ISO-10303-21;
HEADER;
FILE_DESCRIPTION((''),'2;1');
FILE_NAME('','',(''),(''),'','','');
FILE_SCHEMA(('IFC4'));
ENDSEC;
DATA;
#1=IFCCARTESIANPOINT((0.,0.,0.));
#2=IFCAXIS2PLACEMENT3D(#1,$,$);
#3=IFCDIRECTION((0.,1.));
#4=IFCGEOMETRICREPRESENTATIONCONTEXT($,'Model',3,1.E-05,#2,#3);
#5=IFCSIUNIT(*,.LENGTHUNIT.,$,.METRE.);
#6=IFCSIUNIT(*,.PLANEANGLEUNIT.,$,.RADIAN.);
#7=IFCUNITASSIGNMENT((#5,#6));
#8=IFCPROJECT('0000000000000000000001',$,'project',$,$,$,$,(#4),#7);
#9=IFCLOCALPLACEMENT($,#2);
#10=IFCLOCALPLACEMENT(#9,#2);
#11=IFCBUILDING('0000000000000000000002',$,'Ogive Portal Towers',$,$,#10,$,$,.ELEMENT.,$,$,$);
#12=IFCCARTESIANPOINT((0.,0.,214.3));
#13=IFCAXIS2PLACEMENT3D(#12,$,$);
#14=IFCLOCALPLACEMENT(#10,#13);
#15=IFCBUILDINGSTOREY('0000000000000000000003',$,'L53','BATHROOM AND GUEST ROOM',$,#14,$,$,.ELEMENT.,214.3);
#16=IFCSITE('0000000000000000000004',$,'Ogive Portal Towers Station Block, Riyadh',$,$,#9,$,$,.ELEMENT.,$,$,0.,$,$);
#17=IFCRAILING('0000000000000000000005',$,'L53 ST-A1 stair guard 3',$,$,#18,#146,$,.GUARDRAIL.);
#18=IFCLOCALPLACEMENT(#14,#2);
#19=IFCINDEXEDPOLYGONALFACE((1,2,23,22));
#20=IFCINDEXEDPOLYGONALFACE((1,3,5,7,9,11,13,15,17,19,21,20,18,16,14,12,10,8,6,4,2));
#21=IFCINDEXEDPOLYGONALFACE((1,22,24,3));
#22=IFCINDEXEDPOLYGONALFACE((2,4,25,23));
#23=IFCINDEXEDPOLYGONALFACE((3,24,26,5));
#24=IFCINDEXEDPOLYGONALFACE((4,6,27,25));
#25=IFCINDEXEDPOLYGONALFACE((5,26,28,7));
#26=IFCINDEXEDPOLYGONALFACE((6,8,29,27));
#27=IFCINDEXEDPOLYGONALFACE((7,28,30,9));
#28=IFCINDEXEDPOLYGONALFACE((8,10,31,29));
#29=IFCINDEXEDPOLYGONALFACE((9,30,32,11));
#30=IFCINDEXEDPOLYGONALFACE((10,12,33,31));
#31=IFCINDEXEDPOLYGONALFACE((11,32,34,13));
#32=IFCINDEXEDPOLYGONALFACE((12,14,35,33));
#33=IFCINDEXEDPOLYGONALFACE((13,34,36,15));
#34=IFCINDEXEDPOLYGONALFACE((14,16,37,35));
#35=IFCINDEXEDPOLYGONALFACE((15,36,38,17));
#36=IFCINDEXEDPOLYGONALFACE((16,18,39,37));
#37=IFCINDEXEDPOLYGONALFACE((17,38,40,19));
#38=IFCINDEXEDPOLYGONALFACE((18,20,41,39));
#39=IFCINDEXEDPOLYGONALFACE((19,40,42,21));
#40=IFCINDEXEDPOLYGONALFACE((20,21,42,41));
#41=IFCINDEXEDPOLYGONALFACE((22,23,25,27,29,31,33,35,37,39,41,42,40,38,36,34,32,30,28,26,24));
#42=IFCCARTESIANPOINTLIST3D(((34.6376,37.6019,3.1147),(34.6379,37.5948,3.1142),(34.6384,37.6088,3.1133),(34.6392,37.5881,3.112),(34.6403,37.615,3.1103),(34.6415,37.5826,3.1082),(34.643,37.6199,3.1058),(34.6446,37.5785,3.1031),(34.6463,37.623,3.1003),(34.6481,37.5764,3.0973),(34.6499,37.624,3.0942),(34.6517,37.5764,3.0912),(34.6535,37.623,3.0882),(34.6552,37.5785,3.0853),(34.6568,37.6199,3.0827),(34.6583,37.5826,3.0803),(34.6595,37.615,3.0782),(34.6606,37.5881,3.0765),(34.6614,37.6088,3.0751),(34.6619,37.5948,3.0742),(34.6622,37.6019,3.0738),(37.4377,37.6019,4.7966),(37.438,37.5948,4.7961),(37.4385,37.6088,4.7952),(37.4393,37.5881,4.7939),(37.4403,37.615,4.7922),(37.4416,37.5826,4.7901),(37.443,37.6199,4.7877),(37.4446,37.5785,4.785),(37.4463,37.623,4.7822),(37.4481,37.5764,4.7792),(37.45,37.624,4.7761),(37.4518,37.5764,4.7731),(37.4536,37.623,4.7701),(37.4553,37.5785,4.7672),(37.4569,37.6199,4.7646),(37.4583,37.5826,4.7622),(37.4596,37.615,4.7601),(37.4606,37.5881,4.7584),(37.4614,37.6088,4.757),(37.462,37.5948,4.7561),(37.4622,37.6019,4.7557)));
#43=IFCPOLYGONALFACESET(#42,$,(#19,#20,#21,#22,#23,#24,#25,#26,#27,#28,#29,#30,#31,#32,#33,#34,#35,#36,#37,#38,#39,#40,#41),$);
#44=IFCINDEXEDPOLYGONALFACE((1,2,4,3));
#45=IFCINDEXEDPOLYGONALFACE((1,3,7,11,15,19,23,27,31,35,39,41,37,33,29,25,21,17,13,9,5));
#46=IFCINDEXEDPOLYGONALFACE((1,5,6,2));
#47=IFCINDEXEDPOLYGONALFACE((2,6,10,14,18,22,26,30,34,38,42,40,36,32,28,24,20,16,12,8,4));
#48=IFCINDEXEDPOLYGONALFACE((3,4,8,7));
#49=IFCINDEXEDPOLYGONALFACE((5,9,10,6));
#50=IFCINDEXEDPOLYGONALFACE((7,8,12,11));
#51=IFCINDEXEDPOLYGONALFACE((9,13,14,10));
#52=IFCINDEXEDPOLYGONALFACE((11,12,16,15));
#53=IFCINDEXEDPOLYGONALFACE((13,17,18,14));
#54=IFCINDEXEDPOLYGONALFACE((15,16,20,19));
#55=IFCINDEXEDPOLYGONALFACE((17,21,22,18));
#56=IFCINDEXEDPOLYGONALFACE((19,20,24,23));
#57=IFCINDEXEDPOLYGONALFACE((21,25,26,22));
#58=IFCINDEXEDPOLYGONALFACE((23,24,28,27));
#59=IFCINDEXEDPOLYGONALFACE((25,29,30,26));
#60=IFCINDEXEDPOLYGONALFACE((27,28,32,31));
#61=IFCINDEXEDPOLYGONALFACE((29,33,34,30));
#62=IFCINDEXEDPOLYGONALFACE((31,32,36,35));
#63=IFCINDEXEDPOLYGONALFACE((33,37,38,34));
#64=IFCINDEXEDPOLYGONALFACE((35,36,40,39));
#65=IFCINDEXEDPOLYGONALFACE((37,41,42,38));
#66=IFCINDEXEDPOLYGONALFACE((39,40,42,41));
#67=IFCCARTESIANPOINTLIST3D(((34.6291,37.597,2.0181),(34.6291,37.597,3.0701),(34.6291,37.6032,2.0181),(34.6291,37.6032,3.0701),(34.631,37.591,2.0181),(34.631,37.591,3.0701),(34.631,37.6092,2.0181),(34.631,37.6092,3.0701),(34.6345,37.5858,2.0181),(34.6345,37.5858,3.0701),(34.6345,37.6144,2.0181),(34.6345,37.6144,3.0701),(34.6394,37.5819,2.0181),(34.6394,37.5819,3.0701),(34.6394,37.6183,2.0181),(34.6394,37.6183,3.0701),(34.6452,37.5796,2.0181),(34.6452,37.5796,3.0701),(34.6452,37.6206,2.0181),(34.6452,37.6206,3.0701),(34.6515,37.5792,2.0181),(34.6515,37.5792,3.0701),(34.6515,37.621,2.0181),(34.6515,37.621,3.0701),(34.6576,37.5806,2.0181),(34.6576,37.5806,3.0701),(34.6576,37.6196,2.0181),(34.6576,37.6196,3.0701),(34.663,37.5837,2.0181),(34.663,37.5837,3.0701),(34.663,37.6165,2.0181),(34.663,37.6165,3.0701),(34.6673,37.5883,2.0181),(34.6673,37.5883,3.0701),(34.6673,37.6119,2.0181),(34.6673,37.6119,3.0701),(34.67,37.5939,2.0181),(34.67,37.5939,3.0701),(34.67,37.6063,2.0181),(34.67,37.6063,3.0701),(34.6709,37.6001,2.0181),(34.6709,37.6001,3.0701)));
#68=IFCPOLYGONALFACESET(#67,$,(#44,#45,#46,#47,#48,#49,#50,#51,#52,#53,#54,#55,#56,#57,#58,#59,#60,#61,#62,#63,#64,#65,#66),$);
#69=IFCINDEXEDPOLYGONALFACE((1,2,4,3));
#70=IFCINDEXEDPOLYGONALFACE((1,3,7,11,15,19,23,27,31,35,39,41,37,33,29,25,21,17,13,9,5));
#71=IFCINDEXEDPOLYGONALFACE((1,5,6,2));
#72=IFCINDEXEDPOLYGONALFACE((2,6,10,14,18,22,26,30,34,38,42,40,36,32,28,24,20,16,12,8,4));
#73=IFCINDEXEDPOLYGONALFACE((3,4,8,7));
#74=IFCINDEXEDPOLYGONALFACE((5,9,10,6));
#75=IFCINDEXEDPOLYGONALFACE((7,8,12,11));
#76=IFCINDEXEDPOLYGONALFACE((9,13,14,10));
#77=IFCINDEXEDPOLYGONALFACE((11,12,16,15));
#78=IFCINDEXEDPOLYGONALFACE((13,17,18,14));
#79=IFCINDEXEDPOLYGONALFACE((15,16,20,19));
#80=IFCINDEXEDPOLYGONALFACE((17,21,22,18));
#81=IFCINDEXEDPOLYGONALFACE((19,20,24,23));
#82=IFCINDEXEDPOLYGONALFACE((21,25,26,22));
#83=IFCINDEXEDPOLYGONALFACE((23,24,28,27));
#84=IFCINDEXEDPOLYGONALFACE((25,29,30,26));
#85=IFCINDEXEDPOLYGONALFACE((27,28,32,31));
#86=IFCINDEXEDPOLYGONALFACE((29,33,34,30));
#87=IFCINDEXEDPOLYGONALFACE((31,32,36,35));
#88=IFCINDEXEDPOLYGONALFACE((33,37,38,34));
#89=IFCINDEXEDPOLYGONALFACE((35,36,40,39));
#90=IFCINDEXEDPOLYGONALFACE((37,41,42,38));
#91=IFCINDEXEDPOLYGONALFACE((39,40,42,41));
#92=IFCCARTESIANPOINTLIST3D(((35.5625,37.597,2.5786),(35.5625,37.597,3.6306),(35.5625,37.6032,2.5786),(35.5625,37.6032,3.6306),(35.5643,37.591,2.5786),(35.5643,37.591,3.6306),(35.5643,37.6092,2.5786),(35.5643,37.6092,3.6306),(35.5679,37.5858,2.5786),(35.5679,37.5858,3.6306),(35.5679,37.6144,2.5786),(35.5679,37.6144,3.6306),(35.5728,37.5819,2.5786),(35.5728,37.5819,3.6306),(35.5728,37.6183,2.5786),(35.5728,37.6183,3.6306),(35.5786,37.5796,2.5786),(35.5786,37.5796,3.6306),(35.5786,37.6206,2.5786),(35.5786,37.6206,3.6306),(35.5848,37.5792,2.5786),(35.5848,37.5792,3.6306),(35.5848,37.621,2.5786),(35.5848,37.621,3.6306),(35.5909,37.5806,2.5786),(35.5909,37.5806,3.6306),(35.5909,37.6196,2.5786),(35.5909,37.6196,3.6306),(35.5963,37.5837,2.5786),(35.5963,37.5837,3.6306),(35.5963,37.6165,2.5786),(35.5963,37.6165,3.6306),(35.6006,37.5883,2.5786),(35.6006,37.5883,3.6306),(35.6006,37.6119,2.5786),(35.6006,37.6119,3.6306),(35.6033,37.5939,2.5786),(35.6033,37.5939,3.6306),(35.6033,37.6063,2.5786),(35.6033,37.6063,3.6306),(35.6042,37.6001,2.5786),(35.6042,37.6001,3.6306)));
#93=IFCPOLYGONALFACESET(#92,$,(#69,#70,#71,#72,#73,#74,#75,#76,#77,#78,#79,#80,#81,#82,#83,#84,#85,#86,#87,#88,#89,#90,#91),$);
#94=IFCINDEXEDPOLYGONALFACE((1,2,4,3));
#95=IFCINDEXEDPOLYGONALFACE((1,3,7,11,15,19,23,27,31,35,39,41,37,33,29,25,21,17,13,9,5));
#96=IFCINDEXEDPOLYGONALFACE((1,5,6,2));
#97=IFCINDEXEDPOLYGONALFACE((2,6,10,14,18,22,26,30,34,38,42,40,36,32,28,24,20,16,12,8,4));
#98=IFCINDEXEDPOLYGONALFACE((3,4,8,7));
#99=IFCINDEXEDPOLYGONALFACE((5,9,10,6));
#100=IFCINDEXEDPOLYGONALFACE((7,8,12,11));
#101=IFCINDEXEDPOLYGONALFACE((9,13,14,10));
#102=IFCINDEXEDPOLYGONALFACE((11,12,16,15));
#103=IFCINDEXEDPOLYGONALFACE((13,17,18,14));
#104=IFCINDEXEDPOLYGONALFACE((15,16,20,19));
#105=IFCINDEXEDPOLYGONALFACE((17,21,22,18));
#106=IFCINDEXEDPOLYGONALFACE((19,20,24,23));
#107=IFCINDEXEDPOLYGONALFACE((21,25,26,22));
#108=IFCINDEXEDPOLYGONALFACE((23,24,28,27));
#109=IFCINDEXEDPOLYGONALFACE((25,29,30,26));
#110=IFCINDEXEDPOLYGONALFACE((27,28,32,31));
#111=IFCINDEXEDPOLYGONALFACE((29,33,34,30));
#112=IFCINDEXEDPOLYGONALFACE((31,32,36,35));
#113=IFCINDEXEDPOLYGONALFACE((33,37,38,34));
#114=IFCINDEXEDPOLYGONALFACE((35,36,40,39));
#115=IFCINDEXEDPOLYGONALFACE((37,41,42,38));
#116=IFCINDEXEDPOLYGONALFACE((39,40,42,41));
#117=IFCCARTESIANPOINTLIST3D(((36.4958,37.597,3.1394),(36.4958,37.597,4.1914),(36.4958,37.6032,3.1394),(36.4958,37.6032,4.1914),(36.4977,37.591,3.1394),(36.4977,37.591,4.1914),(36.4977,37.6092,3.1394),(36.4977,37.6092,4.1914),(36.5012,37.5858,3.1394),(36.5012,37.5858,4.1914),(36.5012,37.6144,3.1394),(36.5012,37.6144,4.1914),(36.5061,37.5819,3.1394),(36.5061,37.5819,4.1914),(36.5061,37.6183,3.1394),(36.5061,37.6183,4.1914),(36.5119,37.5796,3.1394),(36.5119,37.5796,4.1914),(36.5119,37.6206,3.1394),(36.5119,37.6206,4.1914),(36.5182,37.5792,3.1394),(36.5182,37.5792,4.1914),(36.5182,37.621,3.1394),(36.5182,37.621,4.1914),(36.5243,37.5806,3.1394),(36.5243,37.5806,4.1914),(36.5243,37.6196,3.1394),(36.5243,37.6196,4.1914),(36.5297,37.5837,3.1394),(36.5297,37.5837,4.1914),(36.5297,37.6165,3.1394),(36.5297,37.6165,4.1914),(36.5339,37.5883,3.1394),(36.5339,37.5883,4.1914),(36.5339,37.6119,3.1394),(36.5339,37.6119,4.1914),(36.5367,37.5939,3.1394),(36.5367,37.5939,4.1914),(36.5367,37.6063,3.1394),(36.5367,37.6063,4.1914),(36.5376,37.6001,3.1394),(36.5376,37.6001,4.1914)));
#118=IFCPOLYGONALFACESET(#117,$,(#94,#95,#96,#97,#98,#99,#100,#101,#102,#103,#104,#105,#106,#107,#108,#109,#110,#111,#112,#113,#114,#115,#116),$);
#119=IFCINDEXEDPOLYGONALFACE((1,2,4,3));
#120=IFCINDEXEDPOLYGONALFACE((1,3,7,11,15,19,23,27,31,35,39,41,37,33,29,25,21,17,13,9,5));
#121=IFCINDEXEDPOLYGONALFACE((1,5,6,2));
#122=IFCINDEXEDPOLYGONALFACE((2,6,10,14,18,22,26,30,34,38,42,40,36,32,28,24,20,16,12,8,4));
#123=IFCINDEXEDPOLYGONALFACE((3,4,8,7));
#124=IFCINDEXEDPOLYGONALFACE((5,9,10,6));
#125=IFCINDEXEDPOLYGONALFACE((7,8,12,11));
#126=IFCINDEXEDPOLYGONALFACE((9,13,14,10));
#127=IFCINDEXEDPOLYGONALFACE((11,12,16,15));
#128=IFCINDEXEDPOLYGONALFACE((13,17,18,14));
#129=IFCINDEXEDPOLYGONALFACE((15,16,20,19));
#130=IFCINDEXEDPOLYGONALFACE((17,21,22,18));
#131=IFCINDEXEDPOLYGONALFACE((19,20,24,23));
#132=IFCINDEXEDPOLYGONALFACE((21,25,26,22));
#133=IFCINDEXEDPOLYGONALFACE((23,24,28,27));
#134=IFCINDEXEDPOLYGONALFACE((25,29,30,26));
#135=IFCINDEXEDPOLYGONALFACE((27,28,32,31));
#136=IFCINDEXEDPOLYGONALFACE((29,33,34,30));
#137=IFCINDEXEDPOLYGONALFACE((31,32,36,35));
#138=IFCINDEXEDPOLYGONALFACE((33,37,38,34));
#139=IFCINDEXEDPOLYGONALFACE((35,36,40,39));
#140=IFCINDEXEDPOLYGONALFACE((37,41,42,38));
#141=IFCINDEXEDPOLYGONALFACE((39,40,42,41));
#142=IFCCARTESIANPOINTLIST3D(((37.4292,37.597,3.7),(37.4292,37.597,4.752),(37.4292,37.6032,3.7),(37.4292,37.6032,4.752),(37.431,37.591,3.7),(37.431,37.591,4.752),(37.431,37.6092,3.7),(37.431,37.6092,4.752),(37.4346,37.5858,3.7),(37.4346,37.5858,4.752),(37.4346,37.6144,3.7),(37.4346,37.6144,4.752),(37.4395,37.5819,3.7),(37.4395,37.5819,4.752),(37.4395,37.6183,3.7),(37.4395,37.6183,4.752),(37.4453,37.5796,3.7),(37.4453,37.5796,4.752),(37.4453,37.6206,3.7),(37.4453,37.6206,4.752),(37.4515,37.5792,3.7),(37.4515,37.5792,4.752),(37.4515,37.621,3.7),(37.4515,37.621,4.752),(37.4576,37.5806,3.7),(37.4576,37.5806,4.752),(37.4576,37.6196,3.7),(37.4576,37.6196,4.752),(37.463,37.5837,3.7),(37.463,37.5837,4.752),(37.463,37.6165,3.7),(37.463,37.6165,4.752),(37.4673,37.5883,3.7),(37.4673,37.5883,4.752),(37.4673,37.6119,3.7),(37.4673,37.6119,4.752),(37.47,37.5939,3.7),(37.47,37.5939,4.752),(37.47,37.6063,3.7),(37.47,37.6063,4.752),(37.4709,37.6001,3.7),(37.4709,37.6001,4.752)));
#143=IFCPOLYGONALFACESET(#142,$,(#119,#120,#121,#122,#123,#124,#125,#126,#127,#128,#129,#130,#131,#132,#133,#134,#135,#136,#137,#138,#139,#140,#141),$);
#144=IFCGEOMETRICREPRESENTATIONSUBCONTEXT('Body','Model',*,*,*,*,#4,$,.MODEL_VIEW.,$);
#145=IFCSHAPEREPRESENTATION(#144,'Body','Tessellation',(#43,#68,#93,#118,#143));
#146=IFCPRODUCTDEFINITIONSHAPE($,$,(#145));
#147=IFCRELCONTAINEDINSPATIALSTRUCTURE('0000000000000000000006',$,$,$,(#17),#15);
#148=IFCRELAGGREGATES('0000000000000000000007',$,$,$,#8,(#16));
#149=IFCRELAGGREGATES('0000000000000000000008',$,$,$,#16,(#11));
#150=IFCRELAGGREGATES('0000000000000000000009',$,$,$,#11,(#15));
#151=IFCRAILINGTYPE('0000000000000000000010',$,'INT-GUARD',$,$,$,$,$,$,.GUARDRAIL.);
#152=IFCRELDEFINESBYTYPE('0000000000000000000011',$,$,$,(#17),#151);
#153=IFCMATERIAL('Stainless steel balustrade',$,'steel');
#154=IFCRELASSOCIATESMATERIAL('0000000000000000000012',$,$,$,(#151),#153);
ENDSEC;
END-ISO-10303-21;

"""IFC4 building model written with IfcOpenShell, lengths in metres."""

from ifc_helpers import new_model, si_unit, direction, frame, origin, origin_2d, place, context, subcontext, project, spatial, circle, extrude, material, type_object, element, save


model = new_model("IFC4")

# Units and contexts
model_context = context("Model", 3, precision=1e-05, world=origin(), true_north=direction((0.0, 1.0)))
body_context = subcontext(model_context, "Body", "Model", "MODEL_VIEW")
ifc_project = project(units=[si_unit("LENGTHUNIT", "METRE"), si_unit("PLANEANGLEUNIT", "RADIAN")], contexts=[model_context])

# Site, building, storey
site_placement = place(None, origin())
site = spatial("IfcSite", under=ifc_project, at=site_placement, Name="Ogive Portal Towers Station Block, Riyadh", CompositionType="ELEMENT", RefElevation=0.0)
building_placement = place(site_placement, origin())
building = spatial("IfcBuilding", under=site, at=building_placement, Name="Ogive Portal Towers", CompositionType="ELEMENT")
storey_placement = place(building_placement, frame((0.0, 0.0, 214.3)))
storey = spatial("IfcBuildingStorey", under=building, at=storey_placement, Name="L53", Description="BATHROOM AND GUEST ROOM", CompositionType="ELEMENT", Elevation=214.3)

# Railing
ifc_material_1 = material(Name="Stainless steel balustrade", Category="steel")
railing_type_1 = type_object("IfcRailingType", Name="INT-GUARD", PredefinedType="GUARDRAIL", material=ifc_material_1)
railing_1_placement = place(storey_placement, frame((34.6499, 37.6001, 2.0181)))
element("IfcRailing", 1, at=railing_1_placement, inside=storey, type_object=railing_type_1, Name="L53 ST-A1 stair guard 3", PredefinedType="GUARDRAIL", context=body_context, shape_type="SweptSolid", body=[
    extrude(circle(Radius=0.0239, at=origin_2d()), frame((0.0, 0.0, 1.0762), z_axis=(0.857242, 0.0, 0.514913), x_axis=(0.0, 1.0, 0.0)), (0.0, 0.0, 1.0), 3.2664),
    extrude(circle(Radius=0.021, at=origin_2d()), origin(), (0.0, 0.0, 1.0), 1.052),
    extrude(circle(Radius=0.021, at=origin_2d()), frame((0.9333, 0.0, 0.5605)), (0.0, 0.0, 1.0), 1.052),
    extrude(circle(Radius=0.021, at=origin_2d()), frame((1.8667, 0.0, 1.1213)), (0.0, 0.0, 1.0), 1.052),
    extrude(circle(Radius=0.021, at=origin_2d()), frame((2.8, 0.0, 1.6819)), (0.0, 0.0, 1.0), 1.052),
])

save(model, "model.ifc")
